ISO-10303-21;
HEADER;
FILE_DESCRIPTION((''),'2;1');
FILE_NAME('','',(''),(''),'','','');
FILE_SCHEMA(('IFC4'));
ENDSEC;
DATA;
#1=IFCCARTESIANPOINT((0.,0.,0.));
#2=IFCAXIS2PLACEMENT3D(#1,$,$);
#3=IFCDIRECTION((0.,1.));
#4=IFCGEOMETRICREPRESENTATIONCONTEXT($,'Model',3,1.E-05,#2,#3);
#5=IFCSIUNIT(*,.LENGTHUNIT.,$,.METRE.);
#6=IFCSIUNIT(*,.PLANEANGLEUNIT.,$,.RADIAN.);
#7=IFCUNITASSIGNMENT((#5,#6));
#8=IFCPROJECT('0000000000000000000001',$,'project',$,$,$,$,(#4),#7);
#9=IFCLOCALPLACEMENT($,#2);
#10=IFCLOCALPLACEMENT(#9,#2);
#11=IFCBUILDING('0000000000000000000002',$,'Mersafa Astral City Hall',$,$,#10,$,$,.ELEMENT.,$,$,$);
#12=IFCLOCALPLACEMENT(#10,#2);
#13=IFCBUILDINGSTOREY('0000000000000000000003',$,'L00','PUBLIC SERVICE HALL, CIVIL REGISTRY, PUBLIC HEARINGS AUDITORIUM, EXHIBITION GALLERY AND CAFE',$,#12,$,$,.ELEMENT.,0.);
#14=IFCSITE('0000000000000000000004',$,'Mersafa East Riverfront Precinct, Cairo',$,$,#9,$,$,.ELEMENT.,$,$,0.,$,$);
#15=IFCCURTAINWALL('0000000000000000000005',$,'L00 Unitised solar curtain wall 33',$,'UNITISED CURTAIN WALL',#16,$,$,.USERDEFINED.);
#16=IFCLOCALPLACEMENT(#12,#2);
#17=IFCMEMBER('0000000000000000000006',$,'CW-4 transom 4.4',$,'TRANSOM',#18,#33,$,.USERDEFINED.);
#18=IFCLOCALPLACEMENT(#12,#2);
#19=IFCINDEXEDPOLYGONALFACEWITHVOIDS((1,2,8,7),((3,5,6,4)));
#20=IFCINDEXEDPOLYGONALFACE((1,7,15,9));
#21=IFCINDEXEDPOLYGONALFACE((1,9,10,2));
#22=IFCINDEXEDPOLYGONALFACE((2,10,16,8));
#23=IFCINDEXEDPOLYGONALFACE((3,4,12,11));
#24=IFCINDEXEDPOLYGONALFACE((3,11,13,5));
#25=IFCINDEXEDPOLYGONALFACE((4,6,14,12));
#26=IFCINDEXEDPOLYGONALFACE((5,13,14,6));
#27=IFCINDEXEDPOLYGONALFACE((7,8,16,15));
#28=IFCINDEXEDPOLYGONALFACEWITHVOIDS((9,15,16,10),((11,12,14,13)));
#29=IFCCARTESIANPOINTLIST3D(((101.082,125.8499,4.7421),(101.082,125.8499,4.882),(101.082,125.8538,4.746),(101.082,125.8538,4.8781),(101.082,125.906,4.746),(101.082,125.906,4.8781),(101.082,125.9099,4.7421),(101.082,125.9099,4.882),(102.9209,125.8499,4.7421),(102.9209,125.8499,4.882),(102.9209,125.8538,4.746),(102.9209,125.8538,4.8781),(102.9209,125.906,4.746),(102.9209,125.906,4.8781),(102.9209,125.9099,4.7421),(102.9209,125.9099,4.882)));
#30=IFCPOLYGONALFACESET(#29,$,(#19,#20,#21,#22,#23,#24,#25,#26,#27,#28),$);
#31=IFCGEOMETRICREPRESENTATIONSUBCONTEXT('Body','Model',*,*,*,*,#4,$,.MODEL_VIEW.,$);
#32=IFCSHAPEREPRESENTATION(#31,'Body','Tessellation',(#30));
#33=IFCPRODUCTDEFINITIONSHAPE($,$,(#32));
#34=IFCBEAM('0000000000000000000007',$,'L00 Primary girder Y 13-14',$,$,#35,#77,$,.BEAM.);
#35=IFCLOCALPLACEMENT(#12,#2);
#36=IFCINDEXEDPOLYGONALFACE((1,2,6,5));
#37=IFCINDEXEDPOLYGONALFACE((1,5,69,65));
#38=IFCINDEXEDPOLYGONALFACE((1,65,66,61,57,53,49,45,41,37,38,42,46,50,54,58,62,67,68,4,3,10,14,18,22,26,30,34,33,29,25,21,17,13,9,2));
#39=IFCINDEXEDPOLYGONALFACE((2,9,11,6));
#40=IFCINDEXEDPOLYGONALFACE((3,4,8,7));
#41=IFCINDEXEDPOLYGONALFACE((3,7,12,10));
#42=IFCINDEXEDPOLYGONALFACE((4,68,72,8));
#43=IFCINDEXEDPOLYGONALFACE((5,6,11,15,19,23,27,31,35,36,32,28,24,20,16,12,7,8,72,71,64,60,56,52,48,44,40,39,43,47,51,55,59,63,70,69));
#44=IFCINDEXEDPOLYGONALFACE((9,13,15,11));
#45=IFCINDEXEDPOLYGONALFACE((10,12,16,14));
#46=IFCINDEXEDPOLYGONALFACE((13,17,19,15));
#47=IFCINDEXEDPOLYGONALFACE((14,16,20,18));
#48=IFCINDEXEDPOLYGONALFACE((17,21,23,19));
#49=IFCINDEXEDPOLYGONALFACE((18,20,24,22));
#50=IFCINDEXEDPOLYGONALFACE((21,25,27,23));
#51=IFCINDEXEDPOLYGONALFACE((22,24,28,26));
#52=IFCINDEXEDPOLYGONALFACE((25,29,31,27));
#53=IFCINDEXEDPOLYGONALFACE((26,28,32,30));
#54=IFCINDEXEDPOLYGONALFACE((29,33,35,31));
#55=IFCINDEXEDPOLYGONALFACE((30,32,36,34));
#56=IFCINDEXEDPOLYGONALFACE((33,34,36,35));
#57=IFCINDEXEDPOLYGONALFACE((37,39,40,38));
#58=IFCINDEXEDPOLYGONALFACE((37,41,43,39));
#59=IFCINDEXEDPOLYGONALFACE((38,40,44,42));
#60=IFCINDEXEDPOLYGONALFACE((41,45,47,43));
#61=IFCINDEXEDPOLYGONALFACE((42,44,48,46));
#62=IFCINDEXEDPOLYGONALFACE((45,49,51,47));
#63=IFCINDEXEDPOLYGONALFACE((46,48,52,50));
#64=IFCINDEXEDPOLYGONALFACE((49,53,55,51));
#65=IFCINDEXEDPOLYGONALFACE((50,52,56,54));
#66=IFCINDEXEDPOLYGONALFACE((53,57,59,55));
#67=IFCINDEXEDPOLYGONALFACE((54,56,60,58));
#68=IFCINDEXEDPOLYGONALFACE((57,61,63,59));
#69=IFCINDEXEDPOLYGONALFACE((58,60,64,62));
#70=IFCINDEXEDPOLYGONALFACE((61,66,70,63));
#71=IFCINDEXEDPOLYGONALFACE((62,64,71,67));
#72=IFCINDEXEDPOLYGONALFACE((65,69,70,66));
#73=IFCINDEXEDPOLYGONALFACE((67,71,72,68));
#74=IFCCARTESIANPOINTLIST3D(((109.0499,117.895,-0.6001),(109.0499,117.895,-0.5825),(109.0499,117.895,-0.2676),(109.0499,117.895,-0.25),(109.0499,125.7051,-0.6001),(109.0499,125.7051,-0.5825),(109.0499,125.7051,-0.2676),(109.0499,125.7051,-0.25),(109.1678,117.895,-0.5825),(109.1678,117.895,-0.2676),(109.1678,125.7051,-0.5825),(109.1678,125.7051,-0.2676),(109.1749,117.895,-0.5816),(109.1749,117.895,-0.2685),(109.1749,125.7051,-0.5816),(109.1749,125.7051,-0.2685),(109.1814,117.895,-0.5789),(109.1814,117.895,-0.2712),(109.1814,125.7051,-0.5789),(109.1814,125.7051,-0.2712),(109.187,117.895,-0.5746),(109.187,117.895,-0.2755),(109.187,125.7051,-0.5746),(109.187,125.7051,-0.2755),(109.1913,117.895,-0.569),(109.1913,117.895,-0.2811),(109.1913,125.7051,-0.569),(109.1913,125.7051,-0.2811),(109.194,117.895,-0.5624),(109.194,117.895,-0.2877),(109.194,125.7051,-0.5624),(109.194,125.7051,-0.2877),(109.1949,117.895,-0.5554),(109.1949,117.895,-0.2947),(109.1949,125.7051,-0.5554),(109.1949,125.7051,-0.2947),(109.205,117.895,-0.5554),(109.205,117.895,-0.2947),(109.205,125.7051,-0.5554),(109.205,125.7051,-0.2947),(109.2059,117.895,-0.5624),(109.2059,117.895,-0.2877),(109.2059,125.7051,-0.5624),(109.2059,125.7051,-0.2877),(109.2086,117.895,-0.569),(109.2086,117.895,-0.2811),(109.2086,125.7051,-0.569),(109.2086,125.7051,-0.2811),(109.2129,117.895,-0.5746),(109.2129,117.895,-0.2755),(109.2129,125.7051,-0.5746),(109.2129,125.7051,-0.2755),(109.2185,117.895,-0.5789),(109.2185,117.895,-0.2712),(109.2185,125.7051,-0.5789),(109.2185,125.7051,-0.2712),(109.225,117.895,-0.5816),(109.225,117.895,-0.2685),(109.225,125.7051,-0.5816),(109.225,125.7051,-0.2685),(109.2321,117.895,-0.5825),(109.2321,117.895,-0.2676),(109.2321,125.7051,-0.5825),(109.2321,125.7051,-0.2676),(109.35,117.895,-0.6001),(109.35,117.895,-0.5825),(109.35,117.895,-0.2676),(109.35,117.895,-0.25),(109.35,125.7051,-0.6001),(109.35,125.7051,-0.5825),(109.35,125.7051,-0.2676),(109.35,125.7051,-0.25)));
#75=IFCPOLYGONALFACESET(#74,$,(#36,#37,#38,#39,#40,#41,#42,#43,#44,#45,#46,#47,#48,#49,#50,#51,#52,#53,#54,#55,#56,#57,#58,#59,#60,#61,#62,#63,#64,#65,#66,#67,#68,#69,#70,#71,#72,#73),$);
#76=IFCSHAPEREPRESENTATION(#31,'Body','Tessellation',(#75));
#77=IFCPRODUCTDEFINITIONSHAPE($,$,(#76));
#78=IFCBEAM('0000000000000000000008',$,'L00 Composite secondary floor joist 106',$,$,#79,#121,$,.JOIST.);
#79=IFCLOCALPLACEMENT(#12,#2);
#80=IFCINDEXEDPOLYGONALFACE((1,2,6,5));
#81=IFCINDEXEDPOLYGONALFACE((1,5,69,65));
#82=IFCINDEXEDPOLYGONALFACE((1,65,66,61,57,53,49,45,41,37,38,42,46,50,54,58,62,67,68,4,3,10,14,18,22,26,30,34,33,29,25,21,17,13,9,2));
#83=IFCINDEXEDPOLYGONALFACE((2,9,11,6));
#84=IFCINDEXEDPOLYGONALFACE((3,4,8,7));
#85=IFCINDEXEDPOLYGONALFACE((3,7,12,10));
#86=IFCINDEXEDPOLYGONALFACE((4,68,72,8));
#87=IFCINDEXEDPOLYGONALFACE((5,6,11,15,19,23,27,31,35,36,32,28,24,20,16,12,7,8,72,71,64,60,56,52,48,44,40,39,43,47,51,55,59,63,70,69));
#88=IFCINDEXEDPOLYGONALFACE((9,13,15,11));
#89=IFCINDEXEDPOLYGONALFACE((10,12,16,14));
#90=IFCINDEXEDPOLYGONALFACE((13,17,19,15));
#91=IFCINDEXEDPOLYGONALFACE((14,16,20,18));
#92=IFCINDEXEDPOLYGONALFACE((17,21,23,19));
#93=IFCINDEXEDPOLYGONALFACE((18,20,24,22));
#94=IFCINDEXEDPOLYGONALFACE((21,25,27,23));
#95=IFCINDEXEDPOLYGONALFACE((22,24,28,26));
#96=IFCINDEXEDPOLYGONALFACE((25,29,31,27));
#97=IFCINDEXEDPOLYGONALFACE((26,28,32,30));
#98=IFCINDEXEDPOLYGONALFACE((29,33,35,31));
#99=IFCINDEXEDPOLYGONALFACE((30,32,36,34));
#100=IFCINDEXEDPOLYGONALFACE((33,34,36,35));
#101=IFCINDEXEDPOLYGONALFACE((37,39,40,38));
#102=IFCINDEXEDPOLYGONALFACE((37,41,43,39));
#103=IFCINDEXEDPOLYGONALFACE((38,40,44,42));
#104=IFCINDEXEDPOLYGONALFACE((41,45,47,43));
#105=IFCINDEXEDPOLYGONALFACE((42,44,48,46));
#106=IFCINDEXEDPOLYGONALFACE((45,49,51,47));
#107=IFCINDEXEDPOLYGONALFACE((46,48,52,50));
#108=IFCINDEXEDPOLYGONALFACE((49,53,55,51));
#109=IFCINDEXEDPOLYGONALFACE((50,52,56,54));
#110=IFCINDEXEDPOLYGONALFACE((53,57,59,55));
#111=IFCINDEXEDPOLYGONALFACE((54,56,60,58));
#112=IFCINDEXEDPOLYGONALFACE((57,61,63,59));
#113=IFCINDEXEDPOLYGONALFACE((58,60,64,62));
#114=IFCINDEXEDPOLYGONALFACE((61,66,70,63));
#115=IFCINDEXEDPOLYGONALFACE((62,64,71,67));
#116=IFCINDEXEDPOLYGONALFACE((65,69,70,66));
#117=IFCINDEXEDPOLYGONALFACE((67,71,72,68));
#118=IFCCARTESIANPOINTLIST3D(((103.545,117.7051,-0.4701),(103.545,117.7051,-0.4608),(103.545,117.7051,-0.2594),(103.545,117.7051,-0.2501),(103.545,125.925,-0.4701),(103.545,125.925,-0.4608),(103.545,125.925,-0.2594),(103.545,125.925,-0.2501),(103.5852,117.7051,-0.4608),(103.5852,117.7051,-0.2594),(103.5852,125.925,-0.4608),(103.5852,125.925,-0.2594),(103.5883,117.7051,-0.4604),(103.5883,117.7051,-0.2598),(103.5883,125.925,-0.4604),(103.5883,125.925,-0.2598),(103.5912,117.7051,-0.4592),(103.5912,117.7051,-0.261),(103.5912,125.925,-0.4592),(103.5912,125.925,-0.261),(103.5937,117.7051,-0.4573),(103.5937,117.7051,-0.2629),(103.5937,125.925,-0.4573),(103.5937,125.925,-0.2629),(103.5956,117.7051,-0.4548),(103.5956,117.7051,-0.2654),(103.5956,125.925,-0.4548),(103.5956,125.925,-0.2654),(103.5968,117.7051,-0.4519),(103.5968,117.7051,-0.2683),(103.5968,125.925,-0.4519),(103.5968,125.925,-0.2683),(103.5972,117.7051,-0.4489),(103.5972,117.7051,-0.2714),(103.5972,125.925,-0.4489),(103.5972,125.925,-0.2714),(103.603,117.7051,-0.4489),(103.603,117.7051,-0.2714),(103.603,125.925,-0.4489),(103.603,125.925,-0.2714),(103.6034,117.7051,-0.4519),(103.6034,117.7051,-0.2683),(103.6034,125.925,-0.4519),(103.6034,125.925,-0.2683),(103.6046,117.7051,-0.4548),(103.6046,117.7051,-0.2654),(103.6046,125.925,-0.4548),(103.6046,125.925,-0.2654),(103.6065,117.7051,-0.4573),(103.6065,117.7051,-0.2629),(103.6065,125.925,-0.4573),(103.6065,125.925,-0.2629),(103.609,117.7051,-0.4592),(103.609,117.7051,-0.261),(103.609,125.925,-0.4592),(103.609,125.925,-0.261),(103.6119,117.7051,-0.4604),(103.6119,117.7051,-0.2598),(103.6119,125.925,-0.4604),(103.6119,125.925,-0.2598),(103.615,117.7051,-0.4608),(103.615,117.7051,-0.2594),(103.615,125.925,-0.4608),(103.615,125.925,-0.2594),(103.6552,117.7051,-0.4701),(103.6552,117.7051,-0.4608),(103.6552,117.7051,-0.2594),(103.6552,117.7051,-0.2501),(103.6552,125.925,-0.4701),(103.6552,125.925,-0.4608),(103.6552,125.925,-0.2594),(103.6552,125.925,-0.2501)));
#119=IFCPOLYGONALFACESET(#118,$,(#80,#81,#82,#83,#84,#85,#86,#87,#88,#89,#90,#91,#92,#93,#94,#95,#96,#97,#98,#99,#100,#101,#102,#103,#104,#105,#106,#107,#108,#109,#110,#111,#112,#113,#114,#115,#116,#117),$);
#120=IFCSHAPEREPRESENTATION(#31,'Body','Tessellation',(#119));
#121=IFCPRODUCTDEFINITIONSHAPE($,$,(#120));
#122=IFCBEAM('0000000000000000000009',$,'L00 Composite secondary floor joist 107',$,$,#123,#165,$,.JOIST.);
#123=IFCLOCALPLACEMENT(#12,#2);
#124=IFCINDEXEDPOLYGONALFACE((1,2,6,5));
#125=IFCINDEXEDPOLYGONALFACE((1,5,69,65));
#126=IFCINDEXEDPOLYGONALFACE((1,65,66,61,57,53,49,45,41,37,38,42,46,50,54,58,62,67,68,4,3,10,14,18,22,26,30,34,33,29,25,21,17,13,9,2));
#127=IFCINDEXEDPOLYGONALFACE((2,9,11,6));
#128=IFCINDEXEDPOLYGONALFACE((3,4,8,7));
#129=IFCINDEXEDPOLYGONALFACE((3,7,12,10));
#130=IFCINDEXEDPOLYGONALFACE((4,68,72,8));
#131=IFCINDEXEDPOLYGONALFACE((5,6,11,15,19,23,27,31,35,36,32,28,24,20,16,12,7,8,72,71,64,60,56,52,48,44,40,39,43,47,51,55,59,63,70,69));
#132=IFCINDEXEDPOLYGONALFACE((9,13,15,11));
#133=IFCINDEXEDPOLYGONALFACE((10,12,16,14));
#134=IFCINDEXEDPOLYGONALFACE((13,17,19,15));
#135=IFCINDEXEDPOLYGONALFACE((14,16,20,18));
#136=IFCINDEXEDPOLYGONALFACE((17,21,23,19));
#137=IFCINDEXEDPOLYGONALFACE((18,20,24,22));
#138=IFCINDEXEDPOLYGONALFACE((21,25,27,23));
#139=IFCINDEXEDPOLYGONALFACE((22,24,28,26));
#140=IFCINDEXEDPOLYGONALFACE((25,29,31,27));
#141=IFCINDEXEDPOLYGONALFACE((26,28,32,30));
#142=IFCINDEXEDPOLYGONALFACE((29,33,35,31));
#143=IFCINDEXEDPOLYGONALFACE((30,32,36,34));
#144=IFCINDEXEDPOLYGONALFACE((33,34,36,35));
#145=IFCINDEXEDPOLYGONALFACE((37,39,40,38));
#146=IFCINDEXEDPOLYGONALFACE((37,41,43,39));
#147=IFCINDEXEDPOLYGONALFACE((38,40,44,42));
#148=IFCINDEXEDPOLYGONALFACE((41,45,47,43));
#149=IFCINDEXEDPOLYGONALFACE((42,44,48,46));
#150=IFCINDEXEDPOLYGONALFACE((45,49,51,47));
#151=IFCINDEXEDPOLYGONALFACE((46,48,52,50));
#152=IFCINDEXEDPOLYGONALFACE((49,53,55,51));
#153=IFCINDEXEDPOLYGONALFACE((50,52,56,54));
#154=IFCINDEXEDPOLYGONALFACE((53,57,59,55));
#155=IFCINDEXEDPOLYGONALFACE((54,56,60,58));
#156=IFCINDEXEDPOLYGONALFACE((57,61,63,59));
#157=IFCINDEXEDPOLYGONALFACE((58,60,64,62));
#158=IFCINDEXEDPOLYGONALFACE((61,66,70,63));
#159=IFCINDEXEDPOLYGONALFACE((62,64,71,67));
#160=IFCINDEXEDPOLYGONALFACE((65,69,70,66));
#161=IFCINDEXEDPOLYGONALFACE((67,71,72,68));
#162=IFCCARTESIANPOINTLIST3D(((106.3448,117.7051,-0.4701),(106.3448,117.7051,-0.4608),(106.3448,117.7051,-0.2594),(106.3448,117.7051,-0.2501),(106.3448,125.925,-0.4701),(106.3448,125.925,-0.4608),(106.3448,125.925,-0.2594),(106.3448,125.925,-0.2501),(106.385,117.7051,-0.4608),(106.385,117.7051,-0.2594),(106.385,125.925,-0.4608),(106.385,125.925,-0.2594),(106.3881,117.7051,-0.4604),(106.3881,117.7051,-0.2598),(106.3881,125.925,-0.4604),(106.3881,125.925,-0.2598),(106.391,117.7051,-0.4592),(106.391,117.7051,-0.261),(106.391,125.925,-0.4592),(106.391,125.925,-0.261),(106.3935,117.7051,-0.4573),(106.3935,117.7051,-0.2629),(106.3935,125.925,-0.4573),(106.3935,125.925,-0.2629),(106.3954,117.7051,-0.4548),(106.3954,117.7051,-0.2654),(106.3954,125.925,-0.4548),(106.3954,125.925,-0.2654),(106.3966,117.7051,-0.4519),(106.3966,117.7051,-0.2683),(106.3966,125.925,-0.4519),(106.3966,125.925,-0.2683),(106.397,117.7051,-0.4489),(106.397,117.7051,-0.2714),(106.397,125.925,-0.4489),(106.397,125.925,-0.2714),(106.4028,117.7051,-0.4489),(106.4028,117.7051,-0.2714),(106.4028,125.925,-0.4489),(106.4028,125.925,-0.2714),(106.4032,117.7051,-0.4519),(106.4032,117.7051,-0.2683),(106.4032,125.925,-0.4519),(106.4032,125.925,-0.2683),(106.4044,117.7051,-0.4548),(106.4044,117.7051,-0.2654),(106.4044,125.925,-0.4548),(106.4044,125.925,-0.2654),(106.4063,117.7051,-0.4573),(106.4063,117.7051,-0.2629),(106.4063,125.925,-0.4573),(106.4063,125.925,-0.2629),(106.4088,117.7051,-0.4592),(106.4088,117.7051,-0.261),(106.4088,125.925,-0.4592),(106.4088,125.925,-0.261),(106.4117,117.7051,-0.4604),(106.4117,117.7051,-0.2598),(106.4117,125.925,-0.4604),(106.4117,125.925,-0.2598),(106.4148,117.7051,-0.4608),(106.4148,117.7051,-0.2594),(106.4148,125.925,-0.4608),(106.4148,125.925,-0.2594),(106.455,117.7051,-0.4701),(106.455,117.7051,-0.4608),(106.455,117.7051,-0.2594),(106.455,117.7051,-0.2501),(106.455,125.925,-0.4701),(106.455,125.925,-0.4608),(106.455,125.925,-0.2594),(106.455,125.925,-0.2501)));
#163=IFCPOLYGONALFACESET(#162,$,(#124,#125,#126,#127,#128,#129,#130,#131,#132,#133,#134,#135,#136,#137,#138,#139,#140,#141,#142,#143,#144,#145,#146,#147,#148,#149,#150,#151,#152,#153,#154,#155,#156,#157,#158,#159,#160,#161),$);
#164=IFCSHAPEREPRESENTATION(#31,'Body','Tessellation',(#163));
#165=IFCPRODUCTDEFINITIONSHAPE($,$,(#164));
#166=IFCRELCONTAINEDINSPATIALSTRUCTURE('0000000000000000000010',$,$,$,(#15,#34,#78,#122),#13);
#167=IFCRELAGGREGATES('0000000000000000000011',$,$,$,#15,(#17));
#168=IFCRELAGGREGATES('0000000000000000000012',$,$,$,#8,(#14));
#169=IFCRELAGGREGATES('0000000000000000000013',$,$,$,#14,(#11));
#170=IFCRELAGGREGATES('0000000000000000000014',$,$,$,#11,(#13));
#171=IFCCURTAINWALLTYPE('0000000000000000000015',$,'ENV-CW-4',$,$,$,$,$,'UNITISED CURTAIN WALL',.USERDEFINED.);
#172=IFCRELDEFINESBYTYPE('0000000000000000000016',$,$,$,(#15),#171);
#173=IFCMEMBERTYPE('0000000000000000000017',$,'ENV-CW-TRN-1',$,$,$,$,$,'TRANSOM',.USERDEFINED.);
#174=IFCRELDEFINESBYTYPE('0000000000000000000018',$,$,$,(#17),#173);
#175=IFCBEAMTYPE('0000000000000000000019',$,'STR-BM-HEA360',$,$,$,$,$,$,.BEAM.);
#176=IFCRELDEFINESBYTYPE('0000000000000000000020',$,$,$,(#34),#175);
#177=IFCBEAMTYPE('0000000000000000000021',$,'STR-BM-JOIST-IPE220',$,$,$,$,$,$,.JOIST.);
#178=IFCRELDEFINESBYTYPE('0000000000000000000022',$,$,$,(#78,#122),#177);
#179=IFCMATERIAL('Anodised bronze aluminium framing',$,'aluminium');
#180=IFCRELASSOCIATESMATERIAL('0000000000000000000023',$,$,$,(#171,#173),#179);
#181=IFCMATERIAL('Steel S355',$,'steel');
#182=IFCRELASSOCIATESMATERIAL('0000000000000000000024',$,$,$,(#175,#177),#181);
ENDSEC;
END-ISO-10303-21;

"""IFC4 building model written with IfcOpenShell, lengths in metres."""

from ifc_helpers import new_model, si_unit, direction, frame, origin, origin_2d, place, context, subcontext, project, spatial, hollow_rectangle, i_section, extrude, material, material_profile, profile_set, type_object, element, aggregate, save


model = new_model("IFC4")

# Units and contexts
model_context = context("Model", 3, precision=1e-05, world=origin(), true_north=direction((0.0, 1.0)))
body_context = subcontext(model_context, "Body", "Model", "MODEL_VIEW")
ifc_project = project(units=[si_unit("LENGTHUNIT", "METRE"), si_unit("PLANEANGLEUNIT", "RADIAN")], contexts=[model_context])

# Site, building, storey
site_placement = place(None, origin())
site = spatial("IfcSite", under=ifc_project, at=site_placement, Name="Mersafa East Riverfront Precinct, Cairo", CompositionType="ELEMENT", RefElevation=0.0)
building_placement = place(site_placement, origin())
building = spatial("IfcBuilding", under=site, at=building_placement, Name="Mersafa Astral City Hall", CompositionType="ELEMENT")
storey_placement = place(building_placement, origin())
storey = spatial("IfcBuildingStorey", under=building, at=storey_placement, Name="L00", Description="PUBLIC SERVICE HALL, CIVIL REGISTRY, PUBLIC HEARINGS AUDITORIUM, EXHIBITION GALLERY AND CAFE", CompositionType="ELEMENT", Elevation=0.0)

# Curtain wall, member
ifc_material_1 = material(Name="Anodised bronze aluminium framing", Category="aluminium")
curtain_wall_type = type_object("IfcCurtainWallType", Name="ENV-CW-4", ElementType="UNITISED CURTAIN WALL", PredefinedType="USERDEFINED", material=ifc_material_1)
curtain_wall_placement = place(storey_placement, origin())
curtain_wall = element("IfcCurtainWall", 1, at=curtain_wall_placement, inside=storey, type_object=curtain_wall_type, Name="L00 Unitised solar curtain wall 33", ObjectType="UNITISED CURTAIN WALL", PredefinedType="USERDEFINED")
ifc_material_profile_1 = material_profile(ifc_material_1, hollow_rectangle(XDim=0.0601, YDim=0.1399, WallThickness=0.0039, at=origin_2d()), Name="RHS 60x140x4")
ifc_profile_set_1 = profile_set([ifc_material_profile_1], Name="Anodised bronze aluminium framing")
member_type_1 = type_object("IfcMemberType", Name="ENV-CW-TRN-1", ElementType="TRANSOM", PredefinedType="USERDEFINED", material=ifc_profile_set_1)
member_1_placement = place(storey_placement, frame((102.9209, 125.8799, 4.812), z_axis=(-1.0, 0.0, 0.0), x_axis=(0.0, -1.0, 0.0)))
member_1 = element("IfcMember", 2, at=member_1_placement, type_object=member_type_1, Name="CW-4 transom 4.4", ObjectType="TRANSOM", PredefinedType="USERDEFINED", context=body_context, shape_type="SweptSolid", body=[
    extrude(hollow_rectangle(XDim=0.0601, YDim=0.1399, WallThickness=0.0039, at=origin_2d()), origin(), (0.0, 0.0, 1.0), 1.8389),
])

# Beams
ifc_material_2 = material(Name="Steel S355", Category="steel")
ifc_material_profile_2 = material_profile(ifc_material_2, i_section(OverallWidth=0.3, OverallDepth=0.3501, WebThickness=0.01, FlangeThickness=0.0176, FilletRadius=0.0271, at=origin_2d()), Name="HEA 360")
ifc_profile_set_2 = profile_set([ifc_material_profile_2], Name="Steel S355")
beam_type_1 = type_object("IfcBeamType", Name="STR-BM-HEA360", PredefinedType="BEAM", material=ifc_profile_set_2)
beam_placement = place(storey_placement, frame((109.2, 117.895, -0.425), z_axis=(0.0, 1.0, 0.0), x_axis=(-1.0, 0.0, 0.0)))
element("IfcBeam", 3, at=beam_placement, inside=storey, type_object=beam_type_1, Name="L00 Primary girder Y 13-14", PredefinedType="BEAM", context=body_context, shape_type="SweptSolid", body=[
    extrude(i_section(OverallWidth=0.3, OverallDepth=0.3501, WebThickness=0.01, FlangeThickness=0.0176, FilletRadius=0.0271, at=origin_2d()), origin(), (0.0, 0.0, 1.0), 7.8101),
])
ifc_material_profile_3 = material_profile(ifc_material_2, i_section(OverallWidth=0.1101, OverallDepth=0.22, WebThickness=0.0059, FlangeThickness=0.0093, FilletRadius=0.012, at=origin_2d()), Name="IPE 220")
ifc_profile_set_3 = profile_set([ifc_material_profile_3], Name="Steel S355")
beam_type_2 = type_object("IfcBeamType", Name="STR-BM-JOIST-IPE220", PredefinedType="JOIST", material=ifc_profile_set_3)
for number, where, z_axis, x_axis, name in (
    (4, (103.6001, 117.7051, -0.3601), (0.0, 1.0, 0.0), (-1.0, 0.0, 0.0), "L00 Composite secondary floor joist 106"),
    (5, (106.3999, 117.7051, -0.3601), (0.0, 1.0, 0.0), (-1.0, 0.0, 0.0), "L00 Composite secondary floor joist 107"),
):
    element("IfcBeam", number, at=place(storey_placement, frame(where, z_axis=z_axis, x_axis=x_axis)), inside=storey, type_object=beam_type_2, Name=name, PredefinedType="JOIST", context=body_context, shape_type="SweptSolid", body=[
        extrude(i_section(OverallWidth=0.1101, OverallDepth=0.22, WebThickness=0.0059, FlangeThickness=0.0093, FilletRadius=0.012, at=origin_2d()), origin(), (0.0, 0.0, 1.0), 8.22),
    ])

aggregate(curtain_wall, [member_1])

save(model, "model.ifc")
